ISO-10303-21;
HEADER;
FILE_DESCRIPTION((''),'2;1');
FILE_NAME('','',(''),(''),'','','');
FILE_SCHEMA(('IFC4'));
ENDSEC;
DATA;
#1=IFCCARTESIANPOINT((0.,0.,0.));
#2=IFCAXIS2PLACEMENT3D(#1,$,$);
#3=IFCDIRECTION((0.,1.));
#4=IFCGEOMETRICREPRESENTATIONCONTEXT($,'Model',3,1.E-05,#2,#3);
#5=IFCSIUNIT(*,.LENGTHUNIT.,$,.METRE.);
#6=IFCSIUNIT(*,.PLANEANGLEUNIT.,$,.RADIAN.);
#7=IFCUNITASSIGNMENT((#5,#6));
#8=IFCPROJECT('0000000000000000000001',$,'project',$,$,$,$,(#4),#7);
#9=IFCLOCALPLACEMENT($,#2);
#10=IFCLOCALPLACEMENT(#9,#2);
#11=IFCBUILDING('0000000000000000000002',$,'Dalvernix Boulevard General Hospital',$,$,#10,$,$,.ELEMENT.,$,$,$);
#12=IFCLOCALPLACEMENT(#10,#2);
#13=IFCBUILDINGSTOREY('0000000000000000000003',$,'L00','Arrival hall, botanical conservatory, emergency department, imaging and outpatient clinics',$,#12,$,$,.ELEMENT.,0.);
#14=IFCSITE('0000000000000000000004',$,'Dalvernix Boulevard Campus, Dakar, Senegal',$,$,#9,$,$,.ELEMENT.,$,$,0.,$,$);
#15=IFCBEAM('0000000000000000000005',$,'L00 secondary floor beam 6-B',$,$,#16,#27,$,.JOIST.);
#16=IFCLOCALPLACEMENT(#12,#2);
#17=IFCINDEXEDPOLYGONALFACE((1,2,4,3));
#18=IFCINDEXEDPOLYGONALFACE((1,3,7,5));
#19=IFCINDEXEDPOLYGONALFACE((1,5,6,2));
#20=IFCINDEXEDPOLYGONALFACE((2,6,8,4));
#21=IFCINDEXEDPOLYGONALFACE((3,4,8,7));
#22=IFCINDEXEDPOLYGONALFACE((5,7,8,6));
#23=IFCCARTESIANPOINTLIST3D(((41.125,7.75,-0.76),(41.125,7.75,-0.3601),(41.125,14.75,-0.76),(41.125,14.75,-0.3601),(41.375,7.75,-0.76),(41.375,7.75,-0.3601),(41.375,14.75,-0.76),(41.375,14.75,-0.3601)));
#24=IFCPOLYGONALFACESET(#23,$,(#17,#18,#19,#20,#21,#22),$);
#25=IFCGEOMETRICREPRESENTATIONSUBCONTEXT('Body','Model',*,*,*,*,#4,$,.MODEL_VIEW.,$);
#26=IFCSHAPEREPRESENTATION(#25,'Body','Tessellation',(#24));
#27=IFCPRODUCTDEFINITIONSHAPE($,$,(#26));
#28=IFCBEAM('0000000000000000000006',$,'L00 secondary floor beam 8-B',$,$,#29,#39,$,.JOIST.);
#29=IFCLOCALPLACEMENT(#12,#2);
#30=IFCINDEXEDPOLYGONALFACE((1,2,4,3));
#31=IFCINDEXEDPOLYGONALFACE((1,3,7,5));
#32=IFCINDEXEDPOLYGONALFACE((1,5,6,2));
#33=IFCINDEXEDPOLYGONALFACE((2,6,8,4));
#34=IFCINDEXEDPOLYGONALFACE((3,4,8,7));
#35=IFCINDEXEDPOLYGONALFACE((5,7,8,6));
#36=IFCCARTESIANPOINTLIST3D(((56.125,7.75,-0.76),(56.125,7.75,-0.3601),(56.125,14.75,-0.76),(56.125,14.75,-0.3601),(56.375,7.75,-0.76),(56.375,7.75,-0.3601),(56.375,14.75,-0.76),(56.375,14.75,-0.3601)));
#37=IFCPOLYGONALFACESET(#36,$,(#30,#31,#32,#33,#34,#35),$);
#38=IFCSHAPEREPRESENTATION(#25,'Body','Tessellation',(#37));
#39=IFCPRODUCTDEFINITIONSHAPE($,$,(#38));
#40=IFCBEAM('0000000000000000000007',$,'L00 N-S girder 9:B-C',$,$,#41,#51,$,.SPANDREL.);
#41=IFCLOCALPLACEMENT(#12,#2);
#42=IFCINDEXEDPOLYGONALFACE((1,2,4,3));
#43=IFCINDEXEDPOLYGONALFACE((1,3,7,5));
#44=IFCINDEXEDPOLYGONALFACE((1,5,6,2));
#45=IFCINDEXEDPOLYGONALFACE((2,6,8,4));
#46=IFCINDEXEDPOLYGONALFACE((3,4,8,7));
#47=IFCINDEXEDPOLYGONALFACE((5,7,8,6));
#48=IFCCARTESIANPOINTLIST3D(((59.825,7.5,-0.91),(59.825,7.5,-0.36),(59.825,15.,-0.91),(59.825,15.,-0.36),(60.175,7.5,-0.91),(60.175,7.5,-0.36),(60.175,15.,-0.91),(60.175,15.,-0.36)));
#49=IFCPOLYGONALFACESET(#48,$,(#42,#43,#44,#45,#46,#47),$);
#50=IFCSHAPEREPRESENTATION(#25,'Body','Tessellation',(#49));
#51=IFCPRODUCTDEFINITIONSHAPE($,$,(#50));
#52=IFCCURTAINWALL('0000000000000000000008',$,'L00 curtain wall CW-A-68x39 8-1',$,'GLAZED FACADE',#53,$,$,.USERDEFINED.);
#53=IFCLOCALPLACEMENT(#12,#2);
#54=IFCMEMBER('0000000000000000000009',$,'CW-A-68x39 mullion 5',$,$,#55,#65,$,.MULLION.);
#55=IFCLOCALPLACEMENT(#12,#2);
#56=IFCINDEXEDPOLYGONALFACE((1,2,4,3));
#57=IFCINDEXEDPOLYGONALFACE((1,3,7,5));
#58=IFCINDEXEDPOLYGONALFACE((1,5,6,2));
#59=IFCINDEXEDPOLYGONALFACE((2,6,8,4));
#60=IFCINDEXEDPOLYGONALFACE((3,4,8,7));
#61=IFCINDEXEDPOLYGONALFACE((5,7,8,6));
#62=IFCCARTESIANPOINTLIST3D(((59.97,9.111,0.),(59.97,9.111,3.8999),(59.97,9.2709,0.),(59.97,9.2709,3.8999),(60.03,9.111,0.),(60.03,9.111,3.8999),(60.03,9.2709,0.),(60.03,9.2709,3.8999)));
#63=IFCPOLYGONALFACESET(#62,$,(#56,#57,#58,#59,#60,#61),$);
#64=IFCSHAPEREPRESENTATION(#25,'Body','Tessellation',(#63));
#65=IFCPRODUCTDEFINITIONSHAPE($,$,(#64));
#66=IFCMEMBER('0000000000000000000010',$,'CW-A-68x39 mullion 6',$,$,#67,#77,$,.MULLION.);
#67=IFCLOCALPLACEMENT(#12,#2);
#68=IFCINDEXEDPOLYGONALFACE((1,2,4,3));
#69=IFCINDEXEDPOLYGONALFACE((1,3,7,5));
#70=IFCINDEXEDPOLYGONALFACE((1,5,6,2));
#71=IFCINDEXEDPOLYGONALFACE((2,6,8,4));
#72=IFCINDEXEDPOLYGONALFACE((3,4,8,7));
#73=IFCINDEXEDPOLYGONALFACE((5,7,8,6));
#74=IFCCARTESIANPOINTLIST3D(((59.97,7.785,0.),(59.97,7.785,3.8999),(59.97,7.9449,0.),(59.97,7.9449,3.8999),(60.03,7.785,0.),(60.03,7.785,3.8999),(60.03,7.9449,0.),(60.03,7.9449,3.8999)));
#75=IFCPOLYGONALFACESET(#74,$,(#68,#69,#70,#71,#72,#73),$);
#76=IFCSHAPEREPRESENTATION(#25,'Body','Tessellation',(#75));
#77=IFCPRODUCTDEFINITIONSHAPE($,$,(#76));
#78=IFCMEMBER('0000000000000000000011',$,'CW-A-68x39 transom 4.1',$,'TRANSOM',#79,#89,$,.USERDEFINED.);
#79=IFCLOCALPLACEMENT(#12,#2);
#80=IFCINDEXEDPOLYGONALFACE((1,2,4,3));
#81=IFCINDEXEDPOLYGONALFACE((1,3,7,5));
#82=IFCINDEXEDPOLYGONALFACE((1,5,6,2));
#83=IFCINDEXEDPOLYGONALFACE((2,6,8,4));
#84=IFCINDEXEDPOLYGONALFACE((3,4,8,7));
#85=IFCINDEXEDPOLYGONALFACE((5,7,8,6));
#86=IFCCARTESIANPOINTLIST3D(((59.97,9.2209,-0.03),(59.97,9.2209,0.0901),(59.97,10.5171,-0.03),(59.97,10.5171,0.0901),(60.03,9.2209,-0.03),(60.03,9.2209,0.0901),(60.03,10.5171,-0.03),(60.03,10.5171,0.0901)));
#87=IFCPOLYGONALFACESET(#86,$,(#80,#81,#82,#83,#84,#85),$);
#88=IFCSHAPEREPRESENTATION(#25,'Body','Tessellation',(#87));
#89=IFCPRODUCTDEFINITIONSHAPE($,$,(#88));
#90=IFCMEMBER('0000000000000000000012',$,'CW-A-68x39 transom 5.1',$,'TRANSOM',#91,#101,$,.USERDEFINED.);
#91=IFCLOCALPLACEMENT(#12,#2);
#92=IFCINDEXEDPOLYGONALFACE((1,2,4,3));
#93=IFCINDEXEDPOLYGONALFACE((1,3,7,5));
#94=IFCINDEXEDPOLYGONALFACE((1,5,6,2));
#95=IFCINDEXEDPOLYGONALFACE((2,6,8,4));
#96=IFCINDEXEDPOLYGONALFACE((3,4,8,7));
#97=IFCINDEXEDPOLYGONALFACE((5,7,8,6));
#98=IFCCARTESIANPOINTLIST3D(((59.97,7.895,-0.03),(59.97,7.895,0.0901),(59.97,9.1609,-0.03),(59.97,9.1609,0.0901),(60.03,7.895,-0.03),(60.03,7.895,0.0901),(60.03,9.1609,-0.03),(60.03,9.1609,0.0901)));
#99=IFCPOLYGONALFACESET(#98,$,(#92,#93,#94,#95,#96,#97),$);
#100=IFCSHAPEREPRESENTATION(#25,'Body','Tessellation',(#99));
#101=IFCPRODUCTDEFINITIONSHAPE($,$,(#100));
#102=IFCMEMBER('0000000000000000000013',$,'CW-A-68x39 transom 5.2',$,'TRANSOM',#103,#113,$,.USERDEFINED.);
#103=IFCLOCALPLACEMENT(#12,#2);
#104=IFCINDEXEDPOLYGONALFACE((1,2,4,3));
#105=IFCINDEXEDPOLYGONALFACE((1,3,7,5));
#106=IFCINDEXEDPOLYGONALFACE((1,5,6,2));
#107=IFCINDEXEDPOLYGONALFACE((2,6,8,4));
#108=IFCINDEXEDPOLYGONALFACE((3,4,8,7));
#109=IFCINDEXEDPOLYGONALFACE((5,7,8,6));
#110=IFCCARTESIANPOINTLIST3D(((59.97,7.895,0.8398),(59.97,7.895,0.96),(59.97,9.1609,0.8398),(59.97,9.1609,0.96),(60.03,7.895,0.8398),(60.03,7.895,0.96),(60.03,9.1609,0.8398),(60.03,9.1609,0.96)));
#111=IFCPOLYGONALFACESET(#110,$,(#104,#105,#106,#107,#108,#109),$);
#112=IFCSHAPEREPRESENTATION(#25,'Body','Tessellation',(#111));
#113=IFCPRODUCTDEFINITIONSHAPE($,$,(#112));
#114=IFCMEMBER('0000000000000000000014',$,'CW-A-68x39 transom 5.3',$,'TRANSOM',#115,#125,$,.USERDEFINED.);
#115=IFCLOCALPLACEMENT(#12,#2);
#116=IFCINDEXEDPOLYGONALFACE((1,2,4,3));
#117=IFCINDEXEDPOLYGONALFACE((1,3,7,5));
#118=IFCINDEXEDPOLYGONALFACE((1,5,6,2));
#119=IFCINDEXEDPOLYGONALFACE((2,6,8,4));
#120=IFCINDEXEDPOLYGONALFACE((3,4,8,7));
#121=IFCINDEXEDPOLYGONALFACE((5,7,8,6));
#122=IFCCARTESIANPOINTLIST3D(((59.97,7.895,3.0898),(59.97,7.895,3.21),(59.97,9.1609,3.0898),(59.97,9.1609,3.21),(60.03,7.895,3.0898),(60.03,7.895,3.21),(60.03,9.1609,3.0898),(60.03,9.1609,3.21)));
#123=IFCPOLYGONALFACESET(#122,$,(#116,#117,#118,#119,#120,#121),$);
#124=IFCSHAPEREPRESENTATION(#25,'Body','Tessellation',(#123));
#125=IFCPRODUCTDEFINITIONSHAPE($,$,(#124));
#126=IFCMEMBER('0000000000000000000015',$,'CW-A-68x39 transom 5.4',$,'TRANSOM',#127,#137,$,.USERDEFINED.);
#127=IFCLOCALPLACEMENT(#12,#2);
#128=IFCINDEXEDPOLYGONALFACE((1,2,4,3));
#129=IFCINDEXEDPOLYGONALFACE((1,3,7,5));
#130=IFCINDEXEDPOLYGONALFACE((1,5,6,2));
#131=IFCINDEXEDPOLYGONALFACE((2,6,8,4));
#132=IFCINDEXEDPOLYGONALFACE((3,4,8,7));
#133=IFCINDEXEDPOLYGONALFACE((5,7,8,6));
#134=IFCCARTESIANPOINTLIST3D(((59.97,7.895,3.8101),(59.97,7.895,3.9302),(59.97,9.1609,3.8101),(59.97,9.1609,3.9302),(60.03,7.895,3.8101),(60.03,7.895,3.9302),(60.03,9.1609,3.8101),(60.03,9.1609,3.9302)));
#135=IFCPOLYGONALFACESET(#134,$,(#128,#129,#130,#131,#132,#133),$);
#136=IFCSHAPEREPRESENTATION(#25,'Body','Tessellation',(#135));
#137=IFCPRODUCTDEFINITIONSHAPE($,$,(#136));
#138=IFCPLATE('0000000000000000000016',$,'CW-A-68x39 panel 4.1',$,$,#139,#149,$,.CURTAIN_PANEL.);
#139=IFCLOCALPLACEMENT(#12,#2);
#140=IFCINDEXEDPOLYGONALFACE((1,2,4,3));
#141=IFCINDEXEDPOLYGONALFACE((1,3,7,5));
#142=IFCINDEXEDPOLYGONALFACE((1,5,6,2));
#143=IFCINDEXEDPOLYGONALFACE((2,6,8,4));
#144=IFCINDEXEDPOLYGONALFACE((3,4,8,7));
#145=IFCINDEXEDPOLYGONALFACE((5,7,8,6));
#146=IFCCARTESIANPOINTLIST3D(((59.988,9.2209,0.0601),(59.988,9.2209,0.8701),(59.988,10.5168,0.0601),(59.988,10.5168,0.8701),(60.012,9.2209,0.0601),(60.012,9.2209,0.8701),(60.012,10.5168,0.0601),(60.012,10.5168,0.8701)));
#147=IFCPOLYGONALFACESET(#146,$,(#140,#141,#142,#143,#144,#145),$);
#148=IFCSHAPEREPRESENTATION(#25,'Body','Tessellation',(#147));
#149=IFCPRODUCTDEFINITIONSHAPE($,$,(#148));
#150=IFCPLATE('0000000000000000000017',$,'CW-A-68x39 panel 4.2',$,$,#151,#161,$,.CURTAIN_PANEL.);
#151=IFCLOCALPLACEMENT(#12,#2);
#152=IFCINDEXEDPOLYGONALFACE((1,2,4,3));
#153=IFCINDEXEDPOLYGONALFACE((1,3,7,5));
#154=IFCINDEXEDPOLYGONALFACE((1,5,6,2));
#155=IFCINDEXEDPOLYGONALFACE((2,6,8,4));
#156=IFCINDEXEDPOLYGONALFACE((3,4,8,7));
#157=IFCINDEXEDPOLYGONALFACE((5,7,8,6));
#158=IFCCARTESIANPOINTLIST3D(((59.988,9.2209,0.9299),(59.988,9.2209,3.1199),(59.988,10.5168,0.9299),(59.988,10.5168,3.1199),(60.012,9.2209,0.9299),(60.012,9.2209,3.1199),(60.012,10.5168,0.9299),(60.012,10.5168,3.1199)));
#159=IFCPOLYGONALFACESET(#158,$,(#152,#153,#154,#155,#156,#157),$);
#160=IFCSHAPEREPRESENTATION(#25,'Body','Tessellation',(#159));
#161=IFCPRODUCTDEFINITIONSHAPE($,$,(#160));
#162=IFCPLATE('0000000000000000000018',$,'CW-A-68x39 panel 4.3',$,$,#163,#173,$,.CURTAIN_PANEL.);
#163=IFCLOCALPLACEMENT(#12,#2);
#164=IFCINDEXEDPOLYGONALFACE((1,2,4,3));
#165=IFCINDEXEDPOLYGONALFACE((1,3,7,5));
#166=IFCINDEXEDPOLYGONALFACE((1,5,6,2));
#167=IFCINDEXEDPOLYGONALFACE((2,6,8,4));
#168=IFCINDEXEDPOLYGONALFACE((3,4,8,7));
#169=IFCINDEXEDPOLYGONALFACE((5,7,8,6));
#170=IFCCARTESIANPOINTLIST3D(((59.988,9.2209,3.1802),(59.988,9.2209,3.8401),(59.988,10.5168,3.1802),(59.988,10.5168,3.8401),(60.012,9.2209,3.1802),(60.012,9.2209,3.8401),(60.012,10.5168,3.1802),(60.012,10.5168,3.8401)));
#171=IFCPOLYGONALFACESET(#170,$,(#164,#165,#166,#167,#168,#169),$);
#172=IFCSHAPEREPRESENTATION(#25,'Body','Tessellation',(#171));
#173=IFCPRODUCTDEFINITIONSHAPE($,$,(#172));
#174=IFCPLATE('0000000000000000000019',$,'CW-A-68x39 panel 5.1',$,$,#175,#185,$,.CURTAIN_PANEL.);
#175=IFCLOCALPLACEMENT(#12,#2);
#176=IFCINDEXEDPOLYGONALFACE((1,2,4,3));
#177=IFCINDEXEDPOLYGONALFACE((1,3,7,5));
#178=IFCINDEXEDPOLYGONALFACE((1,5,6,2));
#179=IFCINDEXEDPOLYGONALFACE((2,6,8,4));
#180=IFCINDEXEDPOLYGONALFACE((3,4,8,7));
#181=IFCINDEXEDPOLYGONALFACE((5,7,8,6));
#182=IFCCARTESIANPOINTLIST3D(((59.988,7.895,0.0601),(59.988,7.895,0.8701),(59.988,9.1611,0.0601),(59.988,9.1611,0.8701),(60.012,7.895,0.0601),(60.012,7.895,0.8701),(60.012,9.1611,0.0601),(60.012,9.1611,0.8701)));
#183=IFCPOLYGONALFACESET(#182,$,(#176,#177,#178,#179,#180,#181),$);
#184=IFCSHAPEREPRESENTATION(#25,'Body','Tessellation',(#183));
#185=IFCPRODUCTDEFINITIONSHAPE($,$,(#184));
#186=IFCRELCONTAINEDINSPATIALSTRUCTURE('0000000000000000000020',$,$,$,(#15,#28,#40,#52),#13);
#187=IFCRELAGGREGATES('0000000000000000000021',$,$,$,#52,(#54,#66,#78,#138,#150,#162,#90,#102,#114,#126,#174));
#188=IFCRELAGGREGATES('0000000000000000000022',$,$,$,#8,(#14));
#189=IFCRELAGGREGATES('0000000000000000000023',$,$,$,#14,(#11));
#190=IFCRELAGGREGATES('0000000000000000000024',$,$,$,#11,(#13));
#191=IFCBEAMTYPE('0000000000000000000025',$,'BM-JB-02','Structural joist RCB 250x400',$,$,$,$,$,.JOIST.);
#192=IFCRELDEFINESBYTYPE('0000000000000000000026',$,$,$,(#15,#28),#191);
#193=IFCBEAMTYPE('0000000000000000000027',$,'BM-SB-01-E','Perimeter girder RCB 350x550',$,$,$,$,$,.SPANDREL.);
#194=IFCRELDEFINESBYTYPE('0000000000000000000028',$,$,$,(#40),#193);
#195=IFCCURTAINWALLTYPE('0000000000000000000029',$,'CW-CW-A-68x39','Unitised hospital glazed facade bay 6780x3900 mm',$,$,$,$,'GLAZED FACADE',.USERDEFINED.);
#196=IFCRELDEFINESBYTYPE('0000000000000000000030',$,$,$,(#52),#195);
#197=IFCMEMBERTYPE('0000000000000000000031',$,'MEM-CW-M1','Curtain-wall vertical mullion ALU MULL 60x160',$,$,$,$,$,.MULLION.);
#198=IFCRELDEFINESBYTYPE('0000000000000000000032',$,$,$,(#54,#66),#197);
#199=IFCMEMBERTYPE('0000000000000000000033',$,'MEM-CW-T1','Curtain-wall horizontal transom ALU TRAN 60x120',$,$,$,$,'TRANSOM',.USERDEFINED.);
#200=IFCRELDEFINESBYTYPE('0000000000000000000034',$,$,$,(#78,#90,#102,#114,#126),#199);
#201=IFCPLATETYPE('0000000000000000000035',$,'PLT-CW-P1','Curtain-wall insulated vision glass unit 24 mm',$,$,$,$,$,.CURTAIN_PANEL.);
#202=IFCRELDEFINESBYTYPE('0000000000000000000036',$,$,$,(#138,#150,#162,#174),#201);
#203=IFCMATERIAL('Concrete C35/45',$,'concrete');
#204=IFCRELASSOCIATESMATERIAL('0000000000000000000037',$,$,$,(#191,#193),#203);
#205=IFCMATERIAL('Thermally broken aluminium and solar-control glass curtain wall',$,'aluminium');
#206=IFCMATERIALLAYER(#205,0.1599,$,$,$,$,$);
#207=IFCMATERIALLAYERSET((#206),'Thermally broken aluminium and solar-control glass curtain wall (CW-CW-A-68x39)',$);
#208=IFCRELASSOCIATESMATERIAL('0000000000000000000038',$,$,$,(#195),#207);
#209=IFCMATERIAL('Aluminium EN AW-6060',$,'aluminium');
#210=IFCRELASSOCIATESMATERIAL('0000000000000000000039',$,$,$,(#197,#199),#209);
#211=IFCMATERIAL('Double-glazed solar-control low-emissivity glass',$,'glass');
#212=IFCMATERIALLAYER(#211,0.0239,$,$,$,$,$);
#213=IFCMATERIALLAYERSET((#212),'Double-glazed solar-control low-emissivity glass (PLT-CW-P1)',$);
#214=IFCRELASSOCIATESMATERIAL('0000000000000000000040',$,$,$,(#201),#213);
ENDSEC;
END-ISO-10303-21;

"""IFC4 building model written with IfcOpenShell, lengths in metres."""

from ifc_helpers import new_model, si_unit, direction, frame, origin, origin_2d, place, context, subcontext, project, spatial, rectangle, extrude, material, layer, layer_set, material_profile, profile_set, type_object, element, aggregate, save


model = new_model("IFC4")

# Units and contexts
model_context = context("Model", 3, precision=1e-05, world=origin(), true_north=direction((0.0, 1.0)))
body_context = subcontext(model_context, "Body", "Model", "MODEL_VIEW")
ifc_project = project(units=[si_unit("LENGTHUNIT", "METRE"), si_unit("PLANEANGLEUNIT", "RADIAN")], contexts=[model_context])

# Site, building, storey
site_placement = place(None, origin())
site = spatial("IfcSite", under=ifc_project, at=site_placement, Name="Dalvernix Boulevard Campus, Dakar, Senegal", CompositionType="ELEMENT", RefElevation=0.0)
building_placement = place(site_placement, origin())
building = spatial("IfcBuilding", under=site, at=building_placement, Name="Dalvernix Boulevard General Hospital", CompositionType="ELEMENT")
storey_placement = place(building_placement, origin())
storey = spatial("IfcBuildingStorey", under=building, at=storey_placement, Name="L00", Description="Arrival hall, botanical conservatory, emergency department, imaging and outpatient clinics", CompositionType="ELEMENT", Elevation=0.0)

# Beams
ifc_material_1 = material(Name="Concrete C35/45", Category="concrete")
ifc_material_profile_1 = material_profile(ifc_material_1, rectangle(XDim=0.25, YDim=0.3999, at=origin_2d()), Name="RCB 250x400")
ifc_profile_set_1 = profile_set([ifc_material_profile_1], Name="Concrete C35/45")
beam_type_1 = type_object("IfcBeamType", Name="BM-JB-02", Description="Structural joist RCB 250x400", PredefinedType="JOIST", material=ifc_profile_set_1)
for number, where, z_axis, x_axis, name in (
    (1, (41.25, 7.75, -0.5601), (0.0, 1.0, 0.0), (-1.0, 0.0, 0.0), "L00 secondary floor beam 6-B"),
    (2, (56.25, 7.75, -0.5601), (0.0, 1.0, 0.0), (-1.0, 0.0, 0.0), "L00 secondary floor beam 8-B"),
):
    element("IfcBeam", number, at=place(storey_placement, frame(where, z_axis=z_axis, x_axis=x_axis)), inside=storey, type_object=beam_type_1, Name=name, PredefinedType="JOIST", context=body_context, shape_type="SweptSolid", body=[
        extrude(rectangle(XDim=0.25, YDim=0.3999, at=origin_2d()), origin(), (0.0, 0.0, 1.0), 7.0),
    ])
ifc_material_profile_2 = material_profile(ifc_material_1, rectangle(XDim=0.3501, YDim=0.55, at=origin_2d()), Name="RCB 350x550")
ifc_profile_set_2 = profile_set([ifc_material_profile_2], Name="Concrete C35/45")
beam_type_2 = type_object("IfcBeamType", Name="BM-SB-01-E", Description="Perimeter girder RCB 350x550", PredefinedType="SPANDREL", material=ifc_profile_set_2)
beam_placement = place(storey_placement, frame((60.0, 7.5, -0.635), z_axis=(0.0, 1.0, 0.0), x_axis=(-1.0, 0.0, 0.0)))
element("IfcBeam", 3, at=beam_placement, inside=storey, type_object=beam_type_2, Name="L00 N-S girder 9:B-C", PredefinedType="SPANDREL", context=body_context, shape_type="SweptSolid", body=[
    extrude(rectangle(XDim=0.3501, YDim=0.55, at=origin_2d()), origin(), (0.0, 0.0, 1.0), 7.5),
])

# Curtain wall, members, plates
ifc_material_2 = material(Name="Thermally broken aluminium and solar-control glass curtain wall", Category="aluminium")
ifc_layer_1 = layer(ifc_material_2, 0.1599)
ifc_layer_set_1 = layer_set([ifc_layer_1], Name="Thermally broken aluminium and solar-control glass curtain wall (CW-CW-A-68x39)")
curtain_wall_type = type_object("IfcCurtainWallType", Name="CW-CW-A-68x39", Description="Unitised hospital glazed facade bay 6780x3900 mm", ElementType="GLAZED FACADE", PredefinedType="USERDEFINED", material=ifc_layer_set_1)
curtain_wall_placement = place(storey_placement, origin())
curtain_wall = element("IfcCurtainWall", 4, at=curtain_wall_placement, inside=storey, type_object=curtain_wall_type, Name="L00 curtain wall CW-A-68x39 8-1", ObjectType="GLAZED FACADE", PredefinedType="USERDEFINED")
ifc_material_3 = material(Name="Aluminium EN AW-6060", Category="aluminium")
ifc_material_profile_3 = material_profile(ifc_material_3, rectangle(XDim=0.0601, YDim=0.1599, at=origin_2d()), Name="ALU MULL 60x160")
ifc_profile_set_3 = profile_set([ifc_material_profile_3], Name="Aluminium EN AW-6060")
member_type_1 = type_object("IfcMemberType", Name="MEM-CW-M1", Description="Curtain-wall vertical mullion ALU MULL 60x160", PredefinedType="MULLION", material=ifc_profile_set_3)
member_1_placement = place(storey_placement, frame((60.0, 9.1909, 0.0), z_axis=(0.0, 0.0, 1.0), x_axis=(1.0, 0.0, 0.0)))
member_1 = element("IfcMember", 5, at=member_1_placement, type_object=member_type_1, Name="CW-A-68x39 mullion 5", PredefinedType="MULLION", context=body_context, shape_type="SweptSolid", body=[
    extrude(rectangle(XDim=0.0601, YDim=0.1599, at=origin_2d()), origin(), (0.0, 0.0, 1.0), 3.8999),
])
member_2_placement = place(storey_placement, frame((60.0, 7.865, 0.0), z_axis=(0.0, 0.0, 1.0), x_axis=(1.0, 0.0, 0.0)))
member_2 = element("IfcMember", 6, at=member_2_placement, type_object=member_type_1, Name="CW-A-68x39 mullion 6", PredefinedType="MULLION", context=body_context, shape_type="SweptSolid", body=[
    extrude(rectangle(XDim=0.0601, YDim=0.1599, at=origin_2d()), origin(), (0.0, 0.0, 1.0), 3.8999),
])
ifc_material_profile_4 = material_profile(ifc_material_3, rectangle(XDim=0.0601, YDim=0.1201, at=origin_2d()), Name="ALU TRAN 60x120")
ifc_profile_set_4 = profile_set([ifc_material_profile_4], Name="Aluminium EN AW-6060")
member_type_2 = type_object("IfcMemberType", Name="MEM-CW-T1", Description="Curtain-wall horizontal transom ALU TRAN 60x120", ElementType="TRANSOM", PredefinedType="USERDEFINED", material=ifc_profile_set_4)
member_3_placement = place(storey_placement, frame((60.0, 10.5171, 0.03), z_axis=(0.0, -1.0, 0.0), x_axis=(1.0, 0.0, 0.0)))
member_3 = element("IfcMember", 7, at=member_3_placement, type_object=member_type_2, Name="CW-A-68x39 transom 4.1", ObjectType="TRANSOM", PredefinedType="USERDEFINED", context=body_context, shape_type="SweptSolid", body=[
    extrude(rectangle(XDim=0.0601, YDim=0.1201, at=origin_2d()), origin(), (0.0, 0.0, 1.0), 1.2961),
])
member_4_placement = place(storey_placement, frame((60.0, 9.1609, 0.03), z_axis=(0.0, -1.0, 0.0), x_axis=(1.0, 0.0, 0.0)))
member_4 = element("IfcMember", 8, at=member_4_placement, type_object=member_type_2, Name="CW-A-68x39 transom 5.1", ObjectType="TRANSOM", PredefinedType="USERDEFINED", context=body_context, shape_type="SweptSolid", body=[
    extrude(rectangle(XDim=0.0601, YDim=0.1201, at=origin_2d()), origin(), (0.0, 0.0, 1.0), 1.2659),
])
member_5_placement = place(storey_placement, frame((60.0, 9.1609, 0.8999), z_axis=(0.0, -1.0, 0.0), x_axis=(1.0, 0.0, 0.0)))
member_5 = element("IfcMember", 9, at=member_5_placement, type_object=member_type_2, Name="CW-A-68x39 transom 5.2", ObjectType="TRANSOM", PredefinedType="USERDEFINED", context=body_context, shape_type="SweptSolid", body=[
    extrude(rectangle(XDim=0.0601, YDim=0.1201, at=origin_2d()), origin(), (0.0, 0.0, 1.0), 1.2659),
])
member_6_placement = place(storey_placement, frame((60.0, 9.1609, 3.1499), z_axis=(0.0, -1.0, 0.0), x_axis=(1.0, 0.0, 0.0)))
member_6 = element("IfcMember", 10, at=member_6_placement, type_object=member_type_2, Name="CW-A-68x39 transom 5.3", ObjectType="TRANSOM", PredefinedType="USERDEFINED", context=body_context, shape_type="SweptSolid", body=[
    extrude(rectangle(XDim=0.0601, YDim=0.1201, at=origin_2d()), origin(), (0.0, 0.0, 1.0), 1.2659),
])
member_7_placement = place(storey_placement, frame((60.0, 9.1609, 3.8701), z_axis=(0.0, -1.0, 0.0), x_axis=(1.0, 0.0, 0.0)))
member_7 = element("IfcMember", 11, at=member_7_placement, type_object=member_type_2, Name="CW-A-68x39 transom 5.4", ObjectType="TRANSOM", PredefinedType="USERDEFINED", context=body_context, shape_type="SweptSolid", body=[
    extrude(rectangle(XDim=0.0601, YDim=0.1201, at=origin_2d()), origin(), (0.0, 0.0, 1.0), 1.2659),
])
ifc_material_4 = material(Name="Double-glazed solar-control low-emissivity glass", Category="glass")
ifc_layer_2 = layer(ifc_material_4, 0.0239)
ifc_layer_set_2 = layer_set([ifc_layer_2], Name="Double-glazed solar-control low-emissivity glass (PLT-CW-P1)")
plate_type = type_object("IfcPlateType", Name="PLT-CW-P1", Description="Curtain-wall insulated vision glass unit 24 mm", PredefinedType="CURTAIN_PANEL", material=ifc_layer_set_2)
plate_1_placement = place(storey_placement, frame((60.0, 9.8689, 0.0601), z_axis=(0.0, 0.0, 1.0), x_axis=(0.0, -1.0, 0.0)))
plate_1 = element("IfcPlate", 12, at=plate_1_placement, type_object=plate_type, Name="CW-A-68x39 panel 4.1", PredefinedType="CURTAIN_PANEL", context=body_context, shape_type="SweptSolid", body=[
    extrude(rectangle(XDim=1.2959, YDim=0.0239, at=origin_2d()), origin(), (0.0, 0.0, 1.0), 0.8101),
])
plate_2_placement = place(storey_placement, frame((60.0, 9.8689, 0.9299), z_axis=(0.0, 0.0, 1.0), x_axis=(0.0, -1.0, 0.0)))
plate_2 = element("IfcPlate", 13, at=plate_2_placement, type_object=plate_type, Name="CW-A-68x39 panel 4.2", PredefinedType="CURTAIN_PANEL", context=body_context, shape_type="SweptSolid", body=[
    extrude(rectangle(XDim=1.2959, YDim=0.0239, at=origin_2d()), origin(), (0.0, 0.0, 1.0), 2.1899),
])
plate_3_placement = place(storey_placement, frame((60.0, 9.8689, 3.1802), z_axis=(0.0, 0.0, 1.0), x_axis=(0.0, -1.0, 0.0)))
plate_3 = element("IfcPlate", 14, at=plate_3_placement, type_object=plate_type, Name="CW-A-68x39 panel 4.3", PredefinedType="CURTAIN_PANEL", context=body_context, shape_type="SweptSolid", body=[
    extrude(rectangle(XDim=1.2959, YDim=0.0239, at=origin_2d()), origin(), (0.0, 0.0, 1.0), 0.6599),
])
plate_4_placement = place(storey_placement, frame((60.0, 8.5281, 0.0601), z_axis=(0.0, 0.0, 1.0), x_axis=(0.0, -1.0, 0.0)))
plate_4 = element("IfcPlate", 15, at=plate_4_placement, type_object=plate_type, Name="CW-A-68x39 panel 5.1", PredefinedType="CURTAIN_PANEL", context=body_context, shape_type="SweptSolid", body=[
    extrude(rectangle(XDim=1.2661, YDim=0.0239, at=origin_2d()), origin(), (0.0, 0.0, 1.0), 0.8101),
])
aggregate(curtain_wall, [member_1, member_2, member_3, plate_1, plate_2, plate_3, member_4, member_5, member_6, member_7, plate_4])

save(model, "model.ifc")
